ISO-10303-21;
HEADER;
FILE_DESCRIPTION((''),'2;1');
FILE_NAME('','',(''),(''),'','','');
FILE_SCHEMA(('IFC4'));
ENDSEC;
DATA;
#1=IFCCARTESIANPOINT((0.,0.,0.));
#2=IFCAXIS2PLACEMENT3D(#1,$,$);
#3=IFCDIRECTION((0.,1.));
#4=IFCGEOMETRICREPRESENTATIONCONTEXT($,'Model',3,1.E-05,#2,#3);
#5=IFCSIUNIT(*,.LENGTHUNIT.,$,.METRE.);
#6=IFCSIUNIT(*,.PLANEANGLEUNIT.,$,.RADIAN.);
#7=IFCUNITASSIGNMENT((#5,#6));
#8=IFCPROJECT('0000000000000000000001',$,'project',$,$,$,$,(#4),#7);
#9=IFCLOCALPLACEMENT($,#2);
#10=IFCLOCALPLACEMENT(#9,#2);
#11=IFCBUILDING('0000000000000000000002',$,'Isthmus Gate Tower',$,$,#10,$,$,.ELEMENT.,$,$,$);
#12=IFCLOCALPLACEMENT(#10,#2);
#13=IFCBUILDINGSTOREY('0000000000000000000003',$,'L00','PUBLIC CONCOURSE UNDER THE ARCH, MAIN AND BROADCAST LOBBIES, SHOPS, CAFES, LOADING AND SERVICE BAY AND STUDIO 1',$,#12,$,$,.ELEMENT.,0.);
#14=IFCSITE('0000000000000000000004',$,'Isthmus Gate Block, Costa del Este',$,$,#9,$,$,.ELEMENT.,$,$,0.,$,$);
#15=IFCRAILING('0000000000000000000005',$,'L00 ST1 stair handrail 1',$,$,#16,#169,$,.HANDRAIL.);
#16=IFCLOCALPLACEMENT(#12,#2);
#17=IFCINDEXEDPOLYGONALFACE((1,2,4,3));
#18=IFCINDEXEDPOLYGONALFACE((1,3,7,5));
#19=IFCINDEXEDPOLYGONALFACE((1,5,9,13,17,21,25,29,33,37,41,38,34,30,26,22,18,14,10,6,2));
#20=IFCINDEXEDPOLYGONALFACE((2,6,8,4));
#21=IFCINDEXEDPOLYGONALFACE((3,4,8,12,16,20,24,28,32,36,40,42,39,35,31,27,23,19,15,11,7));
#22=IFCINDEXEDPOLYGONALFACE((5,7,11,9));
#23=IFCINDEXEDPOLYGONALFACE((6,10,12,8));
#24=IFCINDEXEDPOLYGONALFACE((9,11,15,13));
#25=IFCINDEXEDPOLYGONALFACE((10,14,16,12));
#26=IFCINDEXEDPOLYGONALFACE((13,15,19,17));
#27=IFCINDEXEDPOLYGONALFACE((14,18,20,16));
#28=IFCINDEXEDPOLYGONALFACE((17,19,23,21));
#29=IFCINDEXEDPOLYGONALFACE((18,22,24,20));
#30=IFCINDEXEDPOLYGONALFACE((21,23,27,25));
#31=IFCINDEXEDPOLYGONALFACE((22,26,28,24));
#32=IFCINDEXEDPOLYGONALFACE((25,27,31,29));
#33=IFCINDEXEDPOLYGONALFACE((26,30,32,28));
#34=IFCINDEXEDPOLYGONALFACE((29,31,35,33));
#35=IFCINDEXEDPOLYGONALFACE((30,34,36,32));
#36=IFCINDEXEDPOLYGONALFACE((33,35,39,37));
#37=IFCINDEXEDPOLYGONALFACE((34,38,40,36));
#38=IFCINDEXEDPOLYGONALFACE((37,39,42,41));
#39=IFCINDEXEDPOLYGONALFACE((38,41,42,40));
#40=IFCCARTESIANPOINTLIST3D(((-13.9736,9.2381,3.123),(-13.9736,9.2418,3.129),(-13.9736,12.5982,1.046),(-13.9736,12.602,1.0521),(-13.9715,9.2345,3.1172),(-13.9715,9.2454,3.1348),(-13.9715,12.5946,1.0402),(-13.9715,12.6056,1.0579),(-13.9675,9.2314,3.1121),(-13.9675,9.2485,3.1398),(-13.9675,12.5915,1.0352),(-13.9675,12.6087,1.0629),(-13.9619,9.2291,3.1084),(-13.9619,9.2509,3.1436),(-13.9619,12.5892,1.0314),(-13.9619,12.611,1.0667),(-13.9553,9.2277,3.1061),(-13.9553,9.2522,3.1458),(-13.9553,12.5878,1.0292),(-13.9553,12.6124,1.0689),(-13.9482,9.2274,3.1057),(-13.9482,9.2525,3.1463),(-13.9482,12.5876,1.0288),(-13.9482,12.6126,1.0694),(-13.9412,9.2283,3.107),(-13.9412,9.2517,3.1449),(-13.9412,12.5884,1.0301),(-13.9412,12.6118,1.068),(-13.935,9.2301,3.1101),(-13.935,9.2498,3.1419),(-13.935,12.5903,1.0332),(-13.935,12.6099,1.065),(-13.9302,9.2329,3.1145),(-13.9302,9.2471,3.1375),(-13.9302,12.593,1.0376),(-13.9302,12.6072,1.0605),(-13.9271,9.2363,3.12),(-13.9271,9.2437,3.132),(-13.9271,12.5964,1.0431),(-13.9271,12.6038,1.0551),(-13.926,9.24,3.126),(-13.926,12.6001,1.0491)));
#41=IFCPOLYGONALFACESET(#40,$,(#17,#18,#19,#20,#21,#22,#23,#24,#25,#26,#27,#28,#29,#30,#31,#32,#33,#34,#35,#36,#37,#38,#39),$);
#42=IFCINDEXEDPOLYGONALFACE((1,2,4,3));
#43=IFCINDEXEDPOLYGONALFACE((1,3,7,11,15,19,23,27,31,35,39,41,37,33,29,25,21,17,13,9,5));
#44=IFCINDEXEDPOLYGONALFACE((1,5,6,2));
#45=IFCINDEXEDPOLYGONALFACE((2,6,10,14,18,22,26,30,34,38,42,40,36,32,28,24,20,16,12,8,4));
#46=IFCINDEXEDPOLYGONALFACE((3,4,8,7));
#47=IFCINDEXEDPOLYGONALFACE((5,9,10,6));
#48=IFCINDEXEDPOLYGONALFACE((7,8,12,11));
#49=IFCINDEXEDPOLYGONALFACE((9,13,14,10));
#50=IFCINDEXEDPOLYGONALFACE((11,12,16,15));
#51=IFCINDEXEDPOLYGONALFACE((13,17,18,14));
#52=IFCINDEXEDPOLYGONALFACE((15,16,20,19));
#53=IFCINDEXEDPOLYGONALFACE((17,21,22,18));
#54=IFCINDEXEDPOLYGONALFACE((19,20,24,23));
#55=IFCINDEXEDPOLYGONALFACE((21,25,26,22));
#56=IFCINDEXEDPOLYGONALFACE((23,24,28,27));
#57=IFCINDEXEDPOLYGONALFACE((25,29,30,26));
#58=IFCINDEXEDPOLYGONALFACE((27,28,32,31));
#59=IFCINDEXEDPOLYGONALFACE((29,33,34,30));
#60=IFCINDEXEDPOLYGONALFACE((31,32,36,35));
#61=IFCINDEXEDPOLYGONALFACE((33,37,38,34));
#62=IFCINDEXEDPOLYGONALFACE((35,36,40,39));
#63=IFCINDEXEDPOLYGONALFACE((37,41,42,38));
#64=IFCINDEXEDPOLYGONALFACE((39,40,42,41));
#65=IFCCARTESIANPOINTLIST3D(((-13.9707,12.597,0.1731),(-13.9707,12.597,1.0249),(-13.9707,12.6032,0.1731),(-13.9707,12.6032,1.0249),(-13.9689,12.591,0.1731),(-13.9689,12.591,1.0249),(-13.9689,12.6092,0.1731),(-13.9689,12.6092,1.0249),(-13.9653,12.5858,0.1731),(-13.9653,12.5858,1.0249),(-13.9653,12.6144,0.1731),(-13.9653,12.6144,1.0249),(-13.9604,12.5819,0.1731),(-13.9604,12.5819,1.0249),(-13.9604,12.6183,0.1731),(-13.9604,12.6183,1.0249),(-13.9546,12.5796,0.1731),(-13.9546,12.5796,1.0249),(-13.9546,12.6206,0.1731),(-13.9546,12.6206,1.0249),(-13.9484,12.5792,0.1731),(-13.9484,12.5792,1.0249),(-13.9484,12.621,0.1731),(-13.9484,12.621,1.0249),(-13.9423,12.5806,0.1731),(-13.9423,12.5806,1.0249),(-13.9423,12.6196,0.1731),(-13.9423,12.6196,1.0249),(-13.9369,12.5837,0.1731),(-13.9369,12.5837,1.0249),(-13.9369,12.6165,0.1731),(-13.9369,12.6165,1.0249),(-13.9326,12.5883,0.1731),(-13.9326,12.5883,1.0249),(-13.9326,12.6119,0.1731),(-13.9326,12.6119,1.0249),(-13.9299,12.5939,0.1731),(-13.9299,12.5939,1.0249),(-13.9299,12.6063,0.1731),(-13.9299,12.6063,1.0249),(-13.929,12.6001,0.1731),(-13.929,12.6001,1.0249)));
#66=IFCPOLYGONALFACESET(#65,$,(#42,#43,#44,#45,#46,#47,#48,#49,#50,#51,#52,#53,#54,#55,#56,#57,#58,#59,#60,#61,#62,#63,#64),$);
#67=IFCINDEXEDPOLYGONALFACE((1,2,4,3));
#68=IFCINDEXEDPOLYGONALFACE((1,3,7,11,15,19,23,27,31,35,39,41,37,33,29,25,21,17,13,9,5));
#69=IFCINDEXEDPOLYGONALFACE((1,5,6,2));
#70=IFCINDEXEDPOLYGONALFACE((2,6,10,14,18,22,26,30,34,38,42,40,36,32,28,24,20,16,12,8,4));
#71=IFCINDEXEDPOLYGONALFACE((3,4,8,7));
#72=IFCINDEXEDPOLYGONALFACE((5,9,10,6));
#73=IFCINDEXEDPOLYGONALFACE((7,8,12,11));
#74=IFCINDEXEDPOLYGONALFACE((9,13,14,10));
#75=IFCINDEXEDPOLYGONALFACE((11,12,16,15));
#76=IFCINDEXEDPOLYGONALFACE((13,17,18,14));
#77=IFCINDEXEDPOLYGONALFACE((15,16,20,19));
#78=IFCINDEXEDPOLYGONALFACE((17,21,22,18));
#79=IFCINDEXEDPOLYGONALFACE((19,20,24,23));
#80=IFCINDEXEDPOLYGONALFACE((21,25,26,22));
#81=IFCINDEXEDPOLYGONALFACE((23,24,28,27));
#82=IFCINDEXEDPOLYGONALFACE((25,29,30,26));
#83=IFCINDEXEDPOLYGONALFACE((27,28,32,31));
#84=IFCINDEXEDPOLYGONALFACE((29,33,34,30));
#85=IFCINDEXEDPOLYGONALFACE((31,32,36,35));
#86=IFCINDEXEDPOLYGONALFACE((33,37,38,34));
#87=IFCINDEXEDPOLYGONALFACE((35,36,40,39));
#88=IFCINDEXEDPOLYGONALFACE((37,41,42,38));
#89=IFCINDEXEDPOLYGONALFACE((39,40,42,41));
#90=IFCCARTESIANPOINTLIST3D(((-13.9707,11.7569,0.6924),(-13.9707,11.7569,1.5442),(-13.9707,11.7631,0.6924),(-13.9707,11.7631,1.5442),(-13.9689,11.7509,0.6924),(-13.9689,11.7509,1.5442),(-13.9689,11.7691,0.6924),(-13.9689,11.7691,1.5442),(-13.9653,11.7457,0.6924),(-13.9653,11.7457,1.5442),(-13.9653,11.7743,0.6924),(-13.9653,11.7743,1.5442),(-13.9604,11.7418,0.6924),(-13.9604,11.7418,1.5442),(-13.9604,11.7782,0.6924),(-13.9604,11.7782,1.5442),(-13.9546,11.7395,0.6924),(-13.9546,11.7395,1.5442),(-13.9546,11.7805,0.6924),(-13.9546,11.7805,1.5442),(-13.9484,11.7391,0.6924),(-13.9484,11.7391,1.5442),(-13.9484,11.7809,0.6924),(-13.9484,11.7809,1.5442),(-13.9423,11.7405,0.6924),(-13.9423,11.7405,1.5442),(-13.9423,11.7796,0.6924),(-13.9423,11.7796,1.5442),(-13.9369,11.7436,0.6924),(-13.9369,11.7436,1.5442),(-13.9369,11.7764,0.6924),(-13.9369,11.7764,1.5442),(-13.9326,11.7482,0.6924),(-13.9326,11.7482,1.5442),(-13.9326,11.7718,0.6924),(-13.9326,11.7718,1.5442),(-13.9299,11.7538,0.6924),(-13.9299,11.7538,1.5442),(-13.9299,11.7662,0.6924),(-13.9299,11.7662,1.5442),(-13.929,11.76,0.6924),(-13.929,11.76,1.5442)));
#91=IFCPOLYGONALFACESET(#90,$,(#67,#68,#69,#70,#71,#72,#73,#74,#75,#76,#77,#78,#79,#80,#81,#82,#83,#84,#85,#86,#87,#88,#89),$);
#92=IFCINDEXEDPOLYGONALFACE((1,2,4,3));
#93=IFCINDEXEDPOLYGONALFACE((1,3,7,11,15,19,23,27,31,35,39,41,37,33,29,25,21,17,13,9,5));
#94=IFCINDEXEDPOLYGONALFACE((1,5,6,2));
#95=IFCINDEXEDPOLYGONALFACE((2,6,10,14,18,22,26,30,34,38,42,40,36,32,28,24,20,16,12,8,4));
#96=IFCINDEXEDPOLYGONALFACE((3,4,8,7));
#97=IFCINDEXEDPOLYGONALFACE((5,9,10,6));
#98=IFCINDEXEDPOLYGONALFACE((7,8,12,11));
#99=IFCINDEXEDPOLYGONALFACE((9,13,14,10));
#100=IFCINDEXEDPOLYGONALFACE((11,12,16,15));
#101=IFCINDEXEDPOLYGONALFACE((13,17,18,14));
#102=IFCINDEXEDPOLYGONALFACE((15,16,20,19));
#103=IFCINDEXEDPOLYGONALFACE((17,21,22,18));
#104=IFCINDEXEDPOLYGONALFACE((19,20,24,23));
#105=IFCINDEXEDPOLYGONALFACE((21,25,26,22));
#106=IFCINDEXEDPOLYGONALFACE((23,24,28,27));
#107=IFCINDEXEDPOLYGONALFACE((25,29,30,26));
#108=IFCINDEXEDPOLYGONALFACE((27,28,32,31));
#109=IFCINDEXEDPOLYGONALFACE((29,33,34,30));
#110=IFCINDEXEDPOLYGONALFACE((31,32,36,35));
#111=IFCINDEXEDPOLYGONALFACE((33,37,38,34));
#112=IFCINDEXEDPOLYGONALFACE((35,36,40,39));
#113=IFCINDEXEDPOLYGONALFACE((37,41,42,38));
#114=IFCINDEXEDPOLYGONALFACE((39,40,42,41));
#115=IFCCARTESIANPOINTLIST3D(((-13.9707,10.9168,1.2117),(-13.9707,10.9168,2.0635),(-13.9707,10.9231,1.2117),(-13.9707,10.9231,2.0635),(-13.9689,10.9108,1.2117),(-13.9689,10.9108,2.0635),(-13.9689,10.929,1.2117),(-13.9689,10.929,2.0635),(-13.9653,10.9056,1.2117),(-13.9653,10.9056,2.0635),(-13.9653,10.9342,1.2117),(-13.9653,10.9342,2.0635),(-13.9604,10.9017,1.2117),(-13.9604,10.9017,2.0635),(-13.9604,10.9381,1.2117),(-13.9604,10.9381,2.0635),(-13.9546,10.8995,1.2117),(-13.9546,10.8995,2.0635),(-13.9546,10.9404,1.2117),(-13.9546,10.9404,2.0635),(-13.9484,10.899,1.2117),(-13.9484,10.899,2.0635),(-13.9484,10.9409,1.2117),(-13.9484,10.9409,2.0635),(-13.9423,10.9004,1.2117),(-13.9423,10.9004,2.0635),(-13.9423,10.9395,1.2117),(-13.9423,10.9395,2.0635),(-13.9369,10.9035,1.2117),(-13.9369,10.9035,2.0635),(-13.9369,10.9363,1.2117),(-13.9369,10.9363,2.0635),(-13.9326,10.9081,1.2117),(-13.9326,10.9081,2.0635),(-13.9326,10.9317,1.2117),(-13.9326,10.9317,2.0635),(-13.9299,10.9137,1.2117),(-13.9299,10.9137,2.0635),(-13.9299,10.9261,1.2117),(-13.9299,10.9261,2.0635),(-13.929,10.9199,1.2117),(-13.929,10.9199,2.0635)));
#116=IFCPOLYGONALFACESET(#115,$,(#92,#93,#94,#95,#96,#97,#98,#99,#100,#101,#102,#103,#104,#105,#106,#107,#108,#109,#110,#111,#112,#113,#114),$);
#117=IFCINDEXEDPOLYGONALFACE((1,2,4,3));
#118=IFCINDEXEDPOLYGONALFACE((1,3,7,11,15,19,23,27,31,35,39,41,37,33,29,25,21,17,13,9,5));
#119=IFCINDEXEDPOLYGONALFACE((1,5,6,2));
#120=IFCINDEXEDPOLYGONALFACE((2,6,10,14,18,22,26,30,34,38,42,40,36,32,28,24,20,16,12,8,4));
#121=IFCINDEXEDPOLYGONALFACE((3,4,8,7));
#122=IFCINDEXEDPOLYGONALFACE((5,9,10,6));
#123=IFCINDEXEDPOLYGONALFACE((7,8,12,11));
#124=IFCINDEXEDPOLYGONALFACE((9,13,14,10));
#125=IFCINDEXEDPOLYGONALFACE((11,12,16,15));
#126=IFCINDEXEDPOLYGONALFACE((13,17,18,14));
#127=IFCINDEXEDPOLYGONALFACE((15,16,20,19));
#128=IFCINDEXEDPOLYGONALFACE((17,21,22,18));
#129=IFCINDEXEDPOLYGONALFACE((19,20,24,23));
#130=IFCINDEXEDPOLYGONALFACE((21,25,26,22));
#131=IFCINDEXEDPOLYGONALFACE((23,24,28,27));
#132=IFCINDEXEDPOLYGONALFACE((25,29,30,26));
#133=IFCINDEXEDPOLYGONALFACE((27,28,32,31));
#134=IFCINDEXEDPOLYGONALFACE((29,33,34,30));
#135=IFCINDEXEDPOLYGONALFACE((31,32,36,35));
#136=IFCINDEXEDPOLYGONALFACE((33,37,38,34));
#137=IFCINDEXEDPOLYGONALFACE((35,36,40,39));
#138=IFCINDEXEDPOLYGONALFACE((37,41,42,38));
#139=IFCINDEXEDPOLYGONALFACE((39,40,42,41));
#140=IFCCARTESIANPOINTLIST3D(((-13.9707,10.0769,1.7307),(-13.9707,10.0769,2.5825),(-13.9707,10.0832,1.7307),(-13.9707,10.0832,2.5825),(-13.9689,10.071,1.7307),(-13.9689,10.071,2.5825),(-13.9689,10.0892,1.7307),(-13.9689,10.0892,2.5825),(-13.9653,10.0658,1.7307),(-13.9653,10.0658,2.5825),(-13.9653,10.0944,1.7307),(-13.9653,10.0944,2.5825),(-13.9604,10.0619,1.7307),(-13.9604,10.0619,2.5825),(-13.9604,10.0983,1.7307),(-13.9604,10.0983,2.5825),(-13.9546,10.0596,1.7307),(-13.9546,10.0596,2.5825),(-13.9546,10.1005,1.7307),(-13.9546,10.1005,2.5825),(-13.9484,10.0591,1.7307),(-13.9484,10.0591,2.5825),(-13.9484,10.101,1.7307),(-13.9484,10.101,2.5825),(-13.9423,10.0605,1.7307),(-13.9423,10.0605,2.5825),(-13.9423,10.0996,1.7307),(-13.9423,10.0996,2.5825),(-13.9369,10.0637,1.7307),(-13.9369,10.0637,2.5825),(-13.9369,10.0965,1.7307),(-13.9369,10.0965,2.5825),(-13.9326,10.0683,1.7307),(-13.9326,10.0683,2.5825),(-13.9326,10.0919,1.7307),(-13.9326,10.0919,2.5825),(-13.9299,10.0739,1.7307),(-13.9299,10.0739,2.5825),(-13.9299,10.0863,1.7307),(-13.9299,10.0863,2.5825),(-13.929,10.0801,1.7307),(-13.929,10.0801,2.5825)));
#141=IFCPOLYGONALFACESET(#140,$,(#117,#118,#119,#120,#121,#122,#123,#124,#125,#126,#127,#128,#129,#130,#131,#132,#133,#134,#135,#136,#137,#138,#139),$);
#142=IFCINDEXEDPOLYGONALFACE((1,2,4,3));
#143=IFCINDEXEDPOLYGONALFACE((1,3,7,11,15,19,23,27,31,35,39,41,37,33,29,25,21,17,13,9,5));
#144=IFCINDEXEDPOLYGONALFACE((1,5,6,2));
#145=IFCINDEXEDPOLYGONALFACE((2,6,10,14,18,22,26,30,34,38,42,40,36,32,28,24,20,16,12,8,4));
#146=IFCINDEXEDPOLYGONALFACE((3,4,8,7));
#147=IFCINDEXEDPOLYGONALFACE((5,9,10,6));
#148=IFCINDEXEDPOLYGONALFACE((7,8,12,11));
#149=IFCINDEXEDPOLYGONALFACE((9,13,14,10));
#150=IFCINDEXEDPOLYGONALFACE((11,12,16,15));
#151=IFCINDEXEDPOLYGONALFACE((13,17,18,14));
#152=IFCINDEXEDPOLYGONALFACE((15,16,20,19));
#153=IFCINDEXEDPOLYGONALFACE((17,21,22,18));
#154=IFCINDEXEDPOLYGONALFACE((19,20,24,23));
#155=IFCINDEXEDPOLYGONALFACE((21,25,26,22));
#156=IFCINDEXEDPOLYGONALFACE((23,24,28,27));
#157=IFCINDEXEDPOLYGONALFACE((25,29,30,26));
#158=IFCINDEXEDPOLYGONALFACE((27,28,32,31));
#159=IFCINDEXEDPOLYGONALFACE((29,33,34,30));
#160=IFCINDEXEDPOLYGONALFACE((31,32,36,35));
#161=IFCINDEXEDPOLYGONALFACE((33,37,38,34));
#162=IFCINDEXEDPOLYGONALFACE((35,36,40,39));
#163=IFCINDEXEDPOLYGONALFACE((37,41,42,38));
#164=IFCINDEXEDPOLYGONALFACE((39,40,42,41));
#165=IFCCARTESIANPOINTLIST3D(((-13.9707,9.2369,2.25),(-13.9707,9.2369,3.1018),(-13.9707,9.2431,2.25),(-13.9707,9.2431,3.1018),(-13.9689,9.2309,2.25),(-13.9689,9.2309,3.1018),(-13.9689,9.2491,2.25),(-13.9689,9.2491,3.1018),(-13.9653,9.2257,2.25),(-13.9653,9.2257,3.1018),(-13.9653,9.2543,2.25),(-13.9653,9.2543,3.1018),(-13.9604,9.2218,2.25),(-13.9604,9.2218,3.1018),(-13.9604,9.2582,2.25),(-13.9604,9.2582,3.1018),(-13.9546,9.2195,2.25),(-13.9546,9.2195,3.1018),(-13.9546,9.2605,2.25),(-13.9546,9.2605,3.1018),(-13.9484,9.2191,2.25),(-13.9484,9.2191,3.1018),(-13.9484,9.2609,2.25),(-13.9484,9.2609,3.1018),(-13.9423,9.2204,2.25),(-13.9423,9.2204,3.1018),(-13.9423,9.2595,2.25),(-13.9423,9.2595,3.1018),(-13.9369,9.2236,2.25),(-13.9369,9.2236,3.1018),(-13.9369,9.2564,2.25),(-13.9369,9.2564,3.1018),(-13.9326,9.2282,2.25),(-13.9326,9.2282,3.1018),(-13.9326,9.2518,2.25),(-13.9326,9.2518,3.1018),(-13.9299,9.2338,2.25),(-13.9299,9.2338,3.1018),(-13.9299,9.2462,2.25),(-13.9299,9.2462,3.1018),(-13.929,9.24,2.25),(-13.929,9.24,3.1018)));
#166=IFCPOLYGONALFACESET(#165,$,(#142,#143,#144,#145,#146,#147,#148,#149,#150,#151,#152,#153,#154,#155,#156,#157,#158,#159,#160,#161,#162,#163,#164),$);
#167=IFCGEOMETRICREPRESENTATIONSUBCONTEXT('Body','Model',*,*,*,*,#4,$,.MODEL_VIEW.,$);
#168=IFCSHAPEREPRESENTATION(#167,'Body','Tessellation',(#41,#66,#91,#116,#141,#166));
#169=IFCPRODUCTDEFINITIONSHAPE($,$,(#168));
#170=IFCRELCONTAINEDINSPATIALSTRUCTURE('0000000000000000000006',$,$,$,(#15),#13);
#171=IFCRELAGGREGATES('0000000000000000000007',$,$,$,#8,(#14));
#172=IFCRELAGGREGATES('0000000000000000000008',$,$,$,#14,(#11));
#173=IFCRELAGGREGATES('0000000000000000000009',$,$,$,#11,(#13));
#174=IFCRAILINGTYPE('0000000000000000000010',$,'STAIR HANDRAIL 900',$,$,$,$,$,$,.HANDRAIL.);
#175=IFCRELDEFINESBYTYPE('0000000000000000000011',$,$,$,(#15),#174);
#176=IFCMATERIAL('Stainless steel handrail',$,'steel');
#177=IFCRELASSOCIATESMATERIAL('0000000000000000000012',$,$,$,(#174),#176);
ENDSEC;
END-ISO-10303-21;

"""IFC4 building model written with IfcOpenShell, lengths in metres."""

from ifc_helpers import new_model, si_unit, direction, frame, origin, origin_2d, place, context, subcontext, project, spatial, circle, extrude, material, type_object, element, save


model = new_model("IFC4")

# Units and contexts
model_context = context("Model", 3, precision=1e-05, world=origin(), true_north=direction((0.0, 1.0)))
body_context = subcontext(model_context, "Body", "Model", "MODEL_VIEW")
ifc_project = project(units=[si_unit("LENGTHUNIT", "METRE"), si_unit("PLANEANGLEUNIT", "RADIAN")], contexts=[model_context])

# Site, building, storey
site_placement = place(None, origin())
site = spatial("IfcSite", under=ifc_project, at=site_placement, Name="Isthmus Gate Block, Costa del Este", CompositionType="ELEMENT", RefElevation=0.0)
building_placement = place(site_placement, origin())
building = spatial("IfcBuilding", under=site, at=building_placement, Name="Isthmus Gate Tower", CompositionType="ELEMENT")
storey_placement = place(building_placement, origin())
storey = spatial("IfcBuildingStorey", under=building, at=storey_placement, Name="L00", Description="PUBLIC CONCOURSE UNDER THE ARCH, MAIN AND BROADCAST LOBBIES, SHOPS, CAFES, LOADING AND SERVICE BAY AND STUDIO 1", CompositionType="ELEMENT", Elevation=0.0)

# Railing
ifc_material_1 = material(Name="Stainless steel handrail", Category="steel")
railing_type_1 = type_object("IfcRailingType", Name="STAIR HANDRAIL 900", PredefinedType="HANDRAIL", material=ifc_material_1)
for number, where, name in (
    (1, (-13.95, 12.6001, 0.1731), "L00 ST1 stair handrail 1"),
):
    element("IfcRailing", number, at=place(storey_placement, frame(where)), inside=storey, type_object=railing_type_1, Name=name, PredefinedType="HANDRAIL", context=body_context, shape_type="SweptSolid", body=[
        extrude(circle(Radius=0.0239, at=origin_2d()), frame((0.0, 0.0, 0.876), z_axis=(0.0, -0.850623, 0.525776), x_axis=(1.0, 0.0, 0.0)), (0.0, 0.0, 1.0), 3.9502),
        extrude(circle(Radius=0.021, at=origin_2d()), origin(), (0.0, 0.0, 1.0), 0.8518),
        extrude(circle(Radius=0.021, at=origin_2d()), frame((0.0, -0.8401, 0.5193)), (0.0, 0.0, 1.0), 0.8518),
        extrude(circle(Radius=0.021, at=origin_2d()), frame((0.0, -1.6802, 1.0386)), (0.0, 0.0, 1.0), 0.8518),
        extrude(circle(Radius=0.021, at=origin_2d()), frame((0.0, -2.52, 1.5576)), (0.0, 0.0, 1.0), 0.8518),
        extrude(circle(Radius=0.021, at=origin_2d()), frame((0.0, -3.3601, 2.0769)), (0.0, 0.0, 1.0), 0.8518),
    ])

save(model, "model.ifc")
